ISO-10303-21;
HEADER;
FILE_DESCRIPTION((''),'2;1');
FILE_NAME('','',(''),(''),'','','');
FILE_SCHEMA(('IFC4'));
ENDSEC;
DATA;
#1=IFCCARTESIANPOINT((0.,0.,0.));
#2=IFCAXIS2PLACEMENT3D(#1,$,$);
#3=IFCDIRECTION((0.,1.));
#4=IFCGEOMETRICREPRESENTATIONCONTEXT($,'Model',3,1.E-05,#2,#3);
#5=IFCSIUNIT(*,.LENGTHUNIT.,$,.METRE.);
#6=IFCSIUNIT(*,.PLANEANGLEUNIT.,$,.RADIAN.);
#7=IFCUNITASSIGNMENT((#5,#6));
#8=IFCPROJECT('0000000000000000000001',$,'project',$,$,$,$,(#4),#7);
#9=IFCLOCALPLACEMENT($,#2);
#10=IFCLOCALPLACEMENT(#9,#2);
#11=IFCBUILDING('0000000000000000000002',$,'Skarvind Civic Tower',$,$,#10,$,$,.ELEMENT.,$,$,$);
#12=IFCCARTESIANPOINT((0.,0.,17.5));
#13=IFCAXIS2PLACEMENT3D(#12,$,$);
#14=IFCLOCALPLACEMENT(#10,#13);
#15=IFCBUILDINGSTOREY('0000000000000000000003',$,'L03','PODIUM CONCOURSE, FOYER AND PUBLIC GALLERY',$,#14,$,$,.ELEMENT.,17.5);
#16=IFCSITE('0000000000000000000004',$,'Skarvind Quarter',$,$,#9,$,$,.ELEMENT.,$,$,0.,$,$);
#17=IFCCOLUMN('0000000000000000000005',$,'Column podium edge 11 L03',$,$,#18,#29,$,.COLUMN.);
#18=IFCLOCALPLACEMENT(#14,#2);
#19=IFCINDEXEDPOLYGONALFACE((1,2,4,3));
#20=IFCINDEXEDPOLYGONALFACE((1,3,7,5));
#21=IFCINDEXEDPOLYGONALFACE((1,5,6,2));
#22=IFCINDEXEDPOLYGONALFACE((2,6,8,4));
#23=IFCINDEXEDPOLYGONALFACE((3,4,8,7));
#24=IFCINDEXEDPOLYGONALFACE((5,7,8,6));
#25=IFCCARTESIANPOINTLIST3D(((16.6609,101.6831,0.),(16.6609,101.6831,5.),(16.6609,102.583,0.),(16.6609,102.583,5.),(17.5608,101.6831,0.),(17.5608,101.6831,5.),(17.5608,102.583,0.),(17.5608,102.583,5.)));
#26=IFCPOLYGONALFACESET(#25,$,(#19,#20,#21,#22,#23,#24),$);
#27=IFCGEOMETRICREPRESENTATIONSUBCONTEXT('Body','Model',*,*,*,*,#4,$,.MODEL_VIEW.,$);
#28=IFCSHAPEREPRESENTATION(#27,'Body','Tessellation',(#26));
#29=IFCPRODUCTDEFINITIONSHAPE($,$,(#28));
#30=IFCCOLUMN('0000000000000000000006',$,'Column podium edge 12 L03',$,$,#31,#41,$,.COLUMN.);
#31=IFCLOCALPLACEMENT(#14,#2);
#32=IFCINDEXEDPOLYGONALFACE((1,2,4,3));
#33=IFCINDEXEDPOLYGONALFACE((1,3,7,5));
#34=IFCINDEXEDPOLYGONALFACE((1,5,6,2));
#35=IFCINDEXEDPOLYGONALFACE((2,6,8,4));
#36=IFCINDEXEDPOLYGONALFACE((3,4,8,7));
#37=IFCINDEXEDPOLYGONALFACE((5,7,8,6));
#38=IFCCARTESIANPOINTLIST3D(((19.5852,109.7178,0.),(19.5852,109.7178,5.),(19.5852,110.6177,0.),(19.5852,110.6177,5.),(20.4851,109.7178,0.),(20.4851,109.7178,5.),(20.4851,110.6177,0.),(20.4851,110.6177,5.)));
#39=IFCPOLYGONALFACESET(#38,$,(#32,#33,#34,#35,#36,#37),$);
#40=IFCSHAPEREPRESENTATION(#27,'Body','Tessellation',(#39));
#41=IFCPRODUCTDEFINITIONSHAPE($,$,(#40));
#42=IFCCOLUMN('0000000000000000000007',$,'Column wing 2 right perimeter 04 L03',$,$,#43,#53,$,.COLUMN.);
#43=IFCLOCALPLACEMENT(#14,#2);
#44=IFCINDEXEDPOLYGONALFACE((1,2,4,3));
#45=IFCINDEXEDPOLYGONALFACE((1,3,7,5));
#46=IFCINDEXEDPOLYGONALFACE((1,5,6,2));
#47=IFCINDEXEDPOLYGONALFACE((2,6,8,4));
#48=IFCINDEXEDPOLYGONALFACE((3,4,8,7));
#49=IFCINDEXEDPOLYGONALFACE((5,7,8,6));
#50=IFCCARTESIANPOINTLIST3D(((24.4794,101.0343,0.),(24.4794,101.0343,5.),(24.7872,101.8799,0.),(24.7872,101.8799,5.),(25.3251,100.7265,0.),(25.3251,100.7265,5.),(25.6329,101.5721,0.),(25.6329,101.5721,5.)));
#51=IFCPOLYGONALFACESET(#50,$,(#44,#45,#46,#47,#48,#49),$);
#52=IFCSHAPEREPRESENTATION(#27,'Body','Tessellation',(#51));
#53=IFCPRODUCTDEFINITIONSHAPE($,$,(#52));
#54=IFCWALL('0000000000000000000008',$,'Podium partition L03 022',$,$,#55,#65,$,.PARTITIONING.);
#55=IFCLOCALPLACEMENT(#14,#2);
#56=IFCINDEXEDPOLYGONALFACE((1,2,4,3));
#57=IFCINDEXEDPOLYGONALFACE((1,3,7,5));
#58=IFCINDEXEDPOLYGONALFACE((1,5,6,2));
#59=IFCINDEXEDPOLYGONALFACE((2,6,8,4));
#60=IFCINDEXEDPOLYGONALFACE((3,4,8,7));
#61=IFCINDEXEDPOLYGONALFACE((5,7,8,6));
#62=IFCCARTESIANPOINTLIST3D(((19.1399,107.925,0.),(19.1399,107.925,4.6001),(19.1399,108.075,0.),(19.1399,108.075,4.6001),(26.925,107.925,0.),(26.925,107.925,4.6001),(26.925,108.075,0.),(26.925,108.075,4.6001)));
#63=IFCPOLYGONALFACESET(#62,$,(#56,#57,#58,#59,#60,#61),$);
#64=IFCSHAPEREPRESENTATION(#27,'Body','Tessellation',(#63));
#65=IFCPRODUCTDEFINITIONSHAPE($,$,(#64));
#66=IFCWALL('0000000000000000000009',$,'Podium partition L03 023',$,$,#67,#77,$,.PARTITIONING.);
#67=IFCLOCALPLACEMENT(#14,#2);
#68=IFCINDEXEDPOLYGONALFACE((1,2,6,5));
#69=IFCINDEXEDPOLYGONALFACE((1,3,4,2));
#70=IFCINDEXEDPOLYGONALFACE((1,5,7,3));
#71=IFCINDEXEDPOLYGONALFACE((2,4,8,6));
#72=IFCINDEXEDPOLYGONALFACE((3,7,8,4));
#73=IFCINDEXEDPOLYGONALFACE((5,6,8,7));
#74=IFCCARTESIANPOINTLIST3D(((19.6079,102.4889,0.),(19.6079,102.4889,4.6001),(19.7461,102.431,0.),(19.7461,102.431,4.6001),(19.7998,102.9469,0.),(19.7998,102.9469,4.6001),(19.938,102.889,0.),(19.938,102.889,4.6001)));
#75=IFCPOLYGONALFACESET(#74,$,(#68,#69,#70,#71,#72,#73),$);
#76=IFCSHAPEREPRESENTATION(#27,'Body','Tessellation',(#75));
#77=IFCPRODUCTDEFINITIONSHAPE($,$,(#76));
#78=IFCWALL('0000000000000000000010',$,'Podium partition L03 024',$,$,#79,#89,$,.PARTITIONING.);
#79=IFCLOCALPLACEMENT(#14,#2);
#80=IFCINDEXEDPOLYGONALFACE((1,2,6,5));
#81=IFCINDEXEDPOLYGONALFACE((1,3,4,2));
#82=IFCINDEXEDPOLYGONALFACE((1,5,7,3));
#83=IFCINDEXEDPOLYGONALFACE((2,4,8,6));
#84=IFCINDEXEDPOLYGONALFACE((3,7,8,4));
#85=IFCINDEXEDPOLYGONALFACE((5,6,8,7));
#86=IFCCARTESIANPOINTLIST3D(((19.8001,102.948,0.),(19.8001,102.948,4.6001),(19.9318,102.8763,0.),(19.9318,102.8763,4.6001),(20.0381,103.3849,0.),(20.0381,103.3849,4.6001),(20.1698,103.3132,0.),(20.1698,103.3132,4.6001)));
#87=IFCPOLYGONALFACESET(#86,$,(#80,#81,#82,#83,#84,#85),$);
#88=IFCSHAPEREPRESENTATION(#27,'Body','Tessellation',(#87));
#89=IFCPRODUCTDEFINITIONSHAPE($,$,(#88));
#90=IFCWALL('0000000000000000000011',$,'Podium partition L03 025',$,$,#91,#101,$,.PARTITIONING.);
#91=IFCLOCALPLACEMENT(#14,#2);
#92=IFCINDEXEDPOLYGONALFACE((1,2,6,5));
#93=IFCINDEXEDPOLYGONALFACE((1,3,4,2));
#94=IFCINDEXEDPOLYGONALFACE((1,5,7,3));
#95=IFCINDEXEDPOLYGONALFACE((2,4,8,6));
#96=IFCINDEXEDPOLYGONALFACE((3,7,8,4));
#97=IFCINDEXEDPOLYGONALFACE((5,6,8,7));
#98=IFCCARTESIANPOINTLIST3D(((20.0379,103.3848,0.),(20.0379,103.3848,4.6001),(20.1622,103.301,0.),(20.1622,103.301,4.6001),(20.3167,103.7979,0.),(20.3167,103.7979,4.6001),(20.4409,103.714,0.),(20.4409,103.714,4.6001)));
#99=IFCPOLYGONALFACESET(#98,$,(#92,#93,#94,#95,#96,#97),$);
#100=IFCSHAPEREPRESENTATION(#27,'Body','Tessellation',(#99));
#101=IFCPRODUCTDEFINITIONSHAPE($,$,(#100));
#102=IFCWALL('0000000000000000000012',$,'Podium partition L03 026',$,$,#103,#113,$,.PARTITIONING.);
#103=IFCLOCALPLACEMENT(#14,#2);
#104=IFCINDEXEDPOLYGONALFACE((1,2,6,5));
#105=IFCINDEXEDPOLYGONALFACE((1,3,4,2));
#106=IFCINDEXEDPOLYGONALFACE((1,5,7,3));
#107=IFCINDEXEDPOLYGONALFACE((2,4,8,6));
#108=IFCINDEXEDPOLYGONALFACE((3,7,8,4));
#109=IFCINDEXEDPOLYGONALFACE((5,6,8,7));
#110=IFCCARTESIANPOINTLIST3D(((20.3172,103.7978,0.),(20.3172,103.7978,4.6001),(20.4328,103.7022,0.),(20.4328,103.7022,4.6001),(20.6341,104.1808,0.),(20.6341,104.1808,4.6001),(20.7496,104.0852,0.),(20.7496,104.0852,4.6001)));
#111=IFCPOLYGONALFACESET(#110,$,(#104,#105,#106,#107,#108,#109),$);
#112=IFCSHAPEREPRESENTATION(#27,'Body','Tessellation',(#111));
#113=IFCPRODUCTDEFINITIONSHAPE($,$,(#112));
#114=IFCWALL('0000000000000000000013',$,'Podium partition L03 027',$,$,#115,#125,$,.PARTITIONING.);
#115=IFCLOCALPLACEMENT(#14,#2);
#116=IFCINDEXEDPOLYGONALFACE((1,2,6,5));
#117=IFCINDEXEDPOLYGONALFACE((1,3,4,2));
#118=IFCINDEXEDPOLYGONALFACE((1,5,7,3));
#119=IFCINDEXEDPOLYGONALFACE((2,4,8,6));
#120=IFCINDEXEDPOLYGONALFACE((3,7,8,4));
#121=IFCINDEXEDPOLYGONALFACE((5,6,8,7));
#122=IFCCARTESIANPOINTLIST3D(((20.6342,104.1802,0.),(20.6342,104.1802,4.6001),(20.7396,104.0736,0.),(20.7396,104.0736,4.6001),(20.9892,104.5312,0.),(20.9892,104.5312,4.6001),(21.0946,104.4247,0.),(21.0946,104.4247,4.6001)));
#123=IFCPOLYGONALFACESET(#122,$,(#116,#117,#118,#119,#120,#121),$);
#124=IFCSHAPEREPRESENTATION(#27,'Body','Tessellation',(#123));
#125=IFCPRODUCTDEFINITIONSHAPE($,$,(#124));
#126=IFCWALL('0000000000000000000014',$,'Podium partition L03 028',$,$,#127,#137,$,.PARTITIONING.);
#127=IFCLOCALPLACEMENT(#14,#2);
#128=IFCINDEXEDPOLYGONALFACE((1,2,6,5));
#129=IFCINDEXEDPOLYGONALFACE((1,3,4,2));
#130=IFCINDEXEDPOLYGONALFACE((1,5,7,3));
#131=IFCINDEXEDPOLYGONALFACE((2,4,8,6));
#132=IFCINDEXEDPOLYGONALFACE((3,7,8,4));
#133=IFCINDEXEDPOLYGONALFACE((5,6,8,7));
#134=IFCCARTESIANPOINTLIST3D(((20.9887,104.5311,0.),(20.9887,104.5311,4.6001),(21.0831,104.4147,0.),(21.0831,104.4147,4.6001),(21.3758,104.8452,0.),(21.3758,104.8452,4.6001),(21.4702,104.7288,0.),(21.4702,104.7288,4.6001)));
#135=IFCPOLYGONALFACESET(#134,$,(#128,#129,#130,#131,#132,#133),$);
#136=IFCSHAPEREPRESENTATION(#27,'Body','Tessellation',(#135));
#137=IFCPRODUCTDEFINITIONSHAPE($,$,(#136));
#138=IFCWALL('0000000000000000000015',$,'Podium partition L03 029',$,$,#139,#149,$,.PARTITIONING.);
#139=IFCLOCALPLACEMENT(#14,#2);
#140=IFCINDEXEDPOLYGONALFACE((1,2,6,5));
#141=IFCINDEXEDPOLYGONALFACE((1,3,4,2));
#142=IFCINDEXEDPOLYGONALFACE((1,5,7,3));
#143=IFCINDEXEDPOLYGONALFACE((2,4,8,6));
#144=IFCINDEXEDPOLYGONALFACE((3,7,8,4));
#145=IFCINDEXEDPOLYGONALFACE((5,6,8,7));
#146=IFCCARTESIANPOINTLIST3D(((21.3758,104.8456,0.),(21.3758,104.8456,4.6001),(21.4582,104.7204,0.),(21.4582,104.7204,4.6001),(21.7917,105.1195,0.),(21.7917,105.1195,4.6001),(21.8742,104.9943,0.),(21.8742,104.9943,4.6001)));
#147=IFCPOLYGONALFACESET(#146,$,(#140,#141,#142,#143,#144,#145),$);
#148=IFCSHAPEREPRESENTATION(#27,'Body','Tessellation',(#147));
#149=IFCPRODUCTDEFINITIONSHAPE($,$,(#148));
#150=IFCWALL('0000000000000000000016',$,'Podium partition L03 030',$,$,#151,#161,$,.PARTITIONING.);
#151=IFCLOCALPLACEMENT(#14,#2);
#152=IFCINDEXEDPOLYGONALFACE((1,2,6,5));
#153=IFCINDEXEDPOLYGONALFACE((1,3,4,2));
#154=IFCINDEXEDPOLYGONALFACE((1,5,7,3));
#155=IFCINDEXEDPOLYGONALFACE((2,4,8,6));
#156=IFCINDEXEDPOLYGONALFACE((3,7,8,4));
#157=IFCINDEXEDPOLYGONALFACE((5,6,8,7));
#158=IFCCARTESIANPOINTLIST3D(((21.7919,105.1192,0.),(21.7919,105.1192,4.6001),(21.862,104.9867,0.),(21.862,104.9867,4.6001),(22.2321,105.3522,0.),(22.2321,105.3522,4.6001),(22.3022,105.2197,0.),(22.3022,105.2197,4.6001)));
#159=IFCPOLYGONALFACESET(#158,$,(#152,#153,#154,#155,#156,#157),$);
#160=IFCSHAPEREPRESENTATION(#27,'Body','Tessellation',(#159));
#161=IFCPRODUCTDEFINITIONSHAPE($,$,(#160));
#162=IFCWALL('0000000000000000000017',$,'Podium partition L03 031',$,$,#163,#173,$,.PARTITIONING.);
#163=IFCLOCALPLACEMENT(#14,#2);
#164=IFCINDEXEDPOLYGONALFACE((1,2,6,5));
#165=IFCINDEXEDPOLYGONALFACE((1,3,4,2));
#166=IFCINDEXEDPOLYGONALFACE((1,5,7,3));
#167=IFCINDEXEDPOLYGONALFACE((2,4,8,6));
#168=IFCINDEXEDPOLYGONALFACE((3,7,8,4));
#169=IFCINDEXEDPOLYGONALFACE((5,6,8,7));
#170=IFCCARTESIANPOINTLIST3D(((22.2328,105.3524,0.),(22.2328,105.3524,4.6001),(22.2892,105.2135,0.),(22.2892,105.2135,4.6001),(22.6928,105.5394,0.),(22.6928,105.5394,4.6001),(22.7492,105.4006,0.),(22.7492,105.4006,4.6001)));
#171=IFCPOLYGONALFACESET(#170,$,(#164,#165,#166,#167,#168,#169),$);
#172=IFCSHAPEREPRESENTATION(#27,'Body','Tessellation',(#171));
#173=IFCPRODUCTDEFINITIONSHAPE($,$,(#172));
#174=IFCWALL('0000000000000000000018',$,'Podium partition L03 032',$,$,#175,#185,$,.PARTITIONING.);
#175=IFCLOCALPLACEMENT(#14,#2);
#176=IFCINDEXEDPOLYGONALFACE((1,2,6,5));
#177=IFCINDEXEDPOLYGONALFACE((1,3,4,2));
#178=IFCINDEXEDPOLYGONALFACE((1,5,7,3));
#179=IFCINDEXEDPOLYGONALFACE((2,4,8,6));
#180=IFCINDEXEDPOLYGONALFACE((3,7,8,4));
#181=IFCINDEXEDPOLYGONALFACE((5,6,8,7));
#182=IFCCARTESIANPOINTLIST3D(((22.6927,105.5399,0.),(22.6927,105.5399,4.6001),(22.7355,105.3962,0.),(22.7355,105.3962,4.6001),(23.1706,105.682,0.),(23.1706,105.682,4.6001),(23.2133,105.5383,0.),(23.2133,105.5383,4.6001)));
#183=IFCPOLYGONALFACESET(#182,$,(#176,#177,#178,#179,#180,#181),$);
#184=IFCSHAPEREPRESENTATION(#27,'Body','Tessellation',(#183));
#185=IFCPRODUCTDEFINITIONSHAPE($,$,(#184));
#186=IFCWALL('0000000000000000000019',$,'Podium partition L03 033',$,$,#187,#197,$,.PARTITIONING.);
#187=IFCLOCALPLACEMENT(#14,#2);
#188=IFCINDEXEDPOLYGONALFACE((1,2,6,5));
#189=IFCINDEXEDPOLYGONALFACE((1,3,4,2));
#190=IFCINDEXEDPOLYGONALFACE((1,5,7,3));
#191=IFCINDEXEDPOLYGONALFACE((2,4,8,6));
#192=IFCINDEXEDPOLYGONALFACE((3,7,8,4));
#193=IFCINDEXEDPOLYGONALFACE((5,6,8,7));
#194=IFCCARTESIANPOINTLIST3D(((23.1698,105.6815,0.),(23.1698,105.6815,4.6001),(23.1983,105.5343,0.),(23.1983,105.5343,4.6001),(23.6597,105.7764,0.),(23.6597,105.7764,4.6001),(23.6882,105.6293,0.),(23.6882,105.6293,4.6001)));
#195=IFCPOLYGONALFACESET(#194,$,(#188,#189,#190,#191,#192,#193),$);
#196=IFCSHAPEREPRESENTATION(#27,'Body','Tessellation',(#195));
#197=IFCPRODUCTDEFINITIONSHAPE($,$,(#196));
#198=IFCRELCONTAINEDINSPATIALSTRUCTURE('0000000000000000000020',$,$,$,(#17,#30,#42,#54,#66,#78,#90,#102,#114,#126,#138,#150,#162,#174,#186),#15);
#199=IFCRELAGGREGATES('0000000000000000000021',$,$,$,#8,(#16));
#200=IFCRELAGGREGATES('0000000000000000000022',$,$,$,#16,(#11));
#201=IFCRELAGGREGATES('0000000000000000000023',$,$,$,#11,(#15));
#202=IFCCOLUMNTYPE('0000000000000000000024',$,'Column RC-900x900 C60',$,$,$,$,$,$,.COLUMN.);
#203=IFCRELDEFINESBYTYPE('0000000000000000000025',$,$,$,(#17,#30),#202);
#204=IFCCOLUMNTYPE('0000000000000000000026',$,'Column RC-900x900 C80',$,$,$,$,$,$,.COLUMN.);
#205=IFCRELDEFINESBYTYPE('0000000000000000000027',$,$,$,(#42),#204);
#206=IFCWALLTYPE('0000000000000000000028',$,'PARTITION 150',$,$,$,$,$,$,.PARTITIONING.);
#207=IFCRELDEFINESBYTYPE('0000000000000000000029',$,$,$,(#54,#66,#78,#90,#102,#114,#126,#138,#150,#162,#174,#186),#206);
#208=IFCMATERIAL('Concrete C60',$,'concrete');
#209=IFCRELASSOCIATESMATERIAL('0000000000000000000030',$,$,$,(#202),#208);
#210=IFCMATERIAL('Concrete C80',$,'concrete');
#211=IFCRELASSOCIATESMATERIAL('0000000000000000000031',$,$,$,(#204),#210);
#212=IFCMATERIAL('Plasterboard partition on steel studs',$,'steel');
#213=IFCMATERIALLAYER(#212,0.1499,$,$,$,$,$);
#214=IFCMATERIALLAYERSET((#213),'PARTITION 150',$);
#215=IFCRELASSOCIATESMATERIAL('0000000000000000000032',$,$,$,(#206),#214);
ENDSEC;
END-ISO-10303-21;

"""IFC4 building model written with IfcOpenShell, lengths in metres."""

from ifc_helpers import new_model, si_unit, direction, frame, frame_2d, origin, origin_2d, place, context, subcontext, project, spatial, rectangle, extrude, material, layer, layer_set, material_profile, profile_set, type_object, element, save


model = new_model("IFC4")

# Units and contexts
model_context = context("Model", 3, precision=1e-05, world=origin(), true_north=direction((0.0, 1.0)))
body_context = subcontext(model_context, "Body", "Model", "MODEL_VIEW")
ifc_project = project(units=[si_unit("LENGTHUNIT", "METRE"), si_unit("PLANEANGLEUNIT", "RADIAN")], contexts=[model_context])

# Site, building, storey
site_placement = place(None, origin())
site = spatial("IfcSite", under=ifc_project, at=site_placement, Name="Skarvind Quarter", CompositionType="ELEMENT", RefElevation=0.0)
building_placement = place(site_placement, origin())
building = spatial("IfcBuilding", under=site, at=building_placement, Name="Skarvind Civic Tower", CompositionType="ELEMENT")
storey_placement = place(building_placement, frame((0.0, 0.0, 17.5)))
storey = spatial("IfcBuildingStorey", under=building, at=storey_placement, Name="L03", Description="PODIUM CONCOURSE, FOYER AND PUBLIC GALLERY", CompositionType="ELEMENT", Elevation=17.5)

# Columns
ifc_material_1 = material(Name="Concrete C60", Category="concrete")
ifc_material_profile_1 = material_profile(ifc_material_1, rectangle(XDim=0.8999, YDim=0.8999, at=origin_2d()), Name="RC-900x900")
ifc_profile_set_1 = profile_set([ifc_material_profile_1], Name="Concrete C60")
column_type_1 = type_object("IfcColumnType", Name="Column RC-900x900 C60", PredefinedType="COLUMN", material=ifc_profile_set_1)
for number, where, z_axis, x_axis, name in (
    (1, (17.1108, 102.1331, 0.0), (0.0, 0.0, 1.0), (1.0, 0.0, 0.0), "Column podium edge 11 L03"),
    (2, (20.0352, 110.1677, 0.0), (0.0, 0.0, 1.0), (1.0, 0.0, 0.0), "Column podium edge 12 L03"),
):
    element("IfcColumn", number, at=place(storey_placement, frame(where, z_axis=z_axis, x_axis=x_axis)), inside=storey, type_object=column_type_1, Name=name, PredefinedType="COLUMN", context=body_context, shape_type="SweptSolid", body=[
        extrude(rectangle(XDim=0.8999, YDim=0.8999, at=origin_2d()), origin(), (0.0, 0.0, 1.0), 5.0),
    ])
ifc_material_2 = material(Name="Concrete C80", Category="concrete")
ifc_material_profile_2 = material_profile(ifc_material_2, rectangle(XDim=0.8999, YDim=0.8999, at=origin_2d()), Name="RC-900x900")
ifc_profile_set_2 = profile_set([ifc_material_profile_2], Name="Concrete C80")
column_type_2 = type_object("IfcColumnType", Name="Column RC-900x900 C80", PredefinedType="COLUMN", material=ifc_profile_set_2)
column_placement = place(storey_placement, frame((25.0562, 101.3032, 0.0), z_axis=(0.0, 0.0, 1.0), x_axis=(-0.34202, -0.939693, 0.0)))
element("IfcColumn", 3, at=column_placement, inside=storey, type_object=column_type_2, Name="Column wing 2 right perimeter 04 L03", PredefinedType="COLUMN", context=body_context, shape_type="SweptSolid", body=[
    extrude(rectangle(XDim=0.8999, YDim=0.8999, at=origin_2d()), origin(), (0.0, 0.0, 1.0), 5.0),
])

# Walls
ifc_material_3 = material(Name="Plasterboard partition on steel studs", Category="steel")
ifc_layer = layer(ifc_material_3, 0.1499)
ifc_layer_set = layer_set([ifc_layer], Name="PARTITION 150")
wall_type = type_object("IfcWallType", Name="PARTITION 150", PredefinedType="PARTITIONING", material=ifc_layer_set)
wall_1_placement = place(storey_placement, frame((19.1399, 108.0, 0.0), z_axis=(0.0, 0.0, 1.0), x_axis=(1.0, 0.0, 0.0)))
element("IfcWall", 4, at=wall_1_placement, inside=storey, type_object=wall_type, Name="Podium partition L03 022", PredefinedType="PARTITIONING", context=body_context, shape_type="SweptSolid", body=[
    extrude(rectangle(XDim=7.7852, YDim=0.1499, at=frame_2d((3.8926, 0.0))), origin(), (0.0, 0.0, 1.0), 4.6001),
])
wall_2_placement = place(storey_placement, frame((19.677, 102.46, 0.0), z_axis=(0.0, 0.0, 1.0), x_axis=(0.38643, 0.922319, 0.0)))
element("IfcWall", 5, at=wall_2_placement, inside=storey, type_object=wall_type, Name="Podium partition L03 023", PredefinedType="PARTITIONING", context=body_context, shape_type="SweptSolid", body=[
    extrude(rectangle(XDim=0.4966, YDim=0.1499, at=frame_2d((0.2483, 0.0))), origin(), (0.0, 0.0, 1.0), 4.6001),
])
wall_3_placement = place(storey_placement, frame((19.866, 102.9121, 0.0), z_axis=(0.0, 0.0, 1.0), x_axis=(0.478336, 0.878177, 0.0)))
element("IfcWall", 6, at=wall_3_placement, inside=storey, type_object=wall_type, Name="Podium partition L03 024", PredefinedType="PARTITIONING", context=body_context, shape_type="SweptSolid", body=[
    extrude(rectangle(XDim=0.4976, YDim=0.1499, at=frame_2d((0.2488, 0.0))), origin(), (0.0, 0.0, 1.0), 4.6001),
])
wall_4_placement = place(storey_placement, frame((20.1001, 103.343, 0.0), z_axis=(0.0, 0.0, 1.0), x_axis=(0.559439, 0.828871, 0.0)))
element("IfcWall", 7, at=wall_4_placement, inside=storey, type_object=wall_type, Name="Podium partition L03 025", PredefinedType="PARTITIONING", context=body_context, shape_type="SweptSolid", body=[
    extrude(rectangle(XDim=0.4983, YDim=0.1499, at=frame_2d((0.249, 0.0))), origin(), (0.0, 0.0, 1.0), 4.6001),
])
wall_5_placement = place(storey_placement, frame((20.375, 103.75, 0.0), z_axis=(0.0, 0.0, 1.0), x_axis=(0.637427, 0.770511, 0.0)))
element("IfcWall", 8, at=wall_5_placement, inside=storey, type_object=wall_type, Name="Podium partition L03 026", PredefinedType="PARTITIONING", context=body_context, shape_type="SweptSolid", body=[
    extrude(rectangle(XDim=0.4971, YDim=0.1499, at=frame_2d((0.2485, 0.0))), origin(), (0.0, 0.0, 1.0), 4.6001),
])
wall_6_placement = place(storey_placement, frame((20.687, 104.127, 0.0), z_axis=(0.0, 0.0, 1.0), x_axis=(0.711008, 0.703184, 0.0)))
element("IfcWall", 9, at=wall_6_placement, inside=storey, type_object=wall_type, Name="Podium partition L03 027", PredefinedType="PARTITIONING", context=body_context, shape_type="SweptSolid", body=[
    extrude(rectangle(XDim=0.4993, YDim=0.1499, at=frame_2d((0.2495, 0.0))), origin(), (0.0, 0.0, 1.0), 4.6001),
])
wall_7_placement = place(storey_placement, frame((21.0359, 104.4729, 0.0), z_axis=(0.0, 0.0, 1.0), x_axis=(0.776503, 0.630113, 0.0)))
element("IfcWall", 10, at=wall_7_placement, inside=storey, type_object=wall_type, Name="Podium partition L03 028", PredefinedType="PARTITIONING", context=body_context, shape_type="SweptSolid", body=[
    extrude(rectangle(XDim=0.4985, YDim=0.1499, at=frame_2d((0.2493, 0.0))), origin(), (0.0, 0.0, 1.0), 4.6001),
])
for number, where, z_axis, x_axis, name in (
    (11, (21.417, 104.783, 0.0), (0.0, 0.0, 1.0), (0.835204, 0.549941, 0.0), "Podium partition L03 029"),
    (12, (21.8269, 105.053, 0.0), (0.0, 0.0, 1.0), (0.883895, 0.467685, 0.0), "Podium partition L03 030"),
):
    element("IfcWall", number, at=place(storey_placement, frame(where, z_axis=z_axis, x_axis=x_axis)), inside=storey, type_object=wall_type, Name=name, PredefinedType="PARTITIONING", context=body_context, shape_type="SweptSolid", body=[
        extrude(rectangle(XDim=0.498, YDim=0.1499, at=frame_2d((0.249, 0.0))), origin(), (0.0, 0.0, 1.0), 4.6001),
    ])
wall_8_placement = place(storey_placement, frame((22.261, 105.283, 0.0), z_axis=(0.0, 0.0, 1.0), x_axis=(0.926359, 0.376641, 0.0)))
element("IfcWall", 13, at=wall_8_placement, inside=storey, type_object=wall_type, Name="Podium partition L03 031", PredefinedType="PARTITIONING", context=body_context, shape_type="SweptSolid", body=[
    extrude(rectangle(XDim=0.4966, YDim=0.1499, at=frame_2d((0.2483, 0.0))), origin(), (0.0, 0.0, 1.0), 4.6001),
])
wall_9_placement = place(storey_placement, frame((22.7141, 105.468, 0.0), z_axis=(0.0, 0.0, 1.0), x_axis=(0.958511, 0.285055, 0.0)))
element("IfcWall", 14, at=wall_9_placement, inside=storey, type_object=wall_type, Name="Podium partition L03 032", PredefinedType="PARTITIONING", context=body_context, shape_type="SweptSolid", body=[
    extrude(rectangle(XDim=0.4985, YDim=0.1499, at=frame_2d((0.2493, 0.0))), origin(), (0.0, 0.0, 1.0), 4.6001),
])
wall_10_placement = place(storey_placement, frame((23.1841, 105.6079, 0.0), z_axis=(0.0, 0.0, 1.0), x_axis=(0.98173, 0.19028, 0.0)))
element("IfcWall", 15, at=wall_10_placement, inside=storey, type_object=wall_type, Name="Podium partition L03 033", PredefinedType="PARTITIONING", context=body_context, shape_type="SweptSolid", body=[
    extrude(rectangle(XDim=0.499, YDim=0.1499, at=frame_2d((0.2495, 0.0))), origin(), (0.0, 0.0, 1.0), 4.6001),
])

save(model, "model.ifc")
